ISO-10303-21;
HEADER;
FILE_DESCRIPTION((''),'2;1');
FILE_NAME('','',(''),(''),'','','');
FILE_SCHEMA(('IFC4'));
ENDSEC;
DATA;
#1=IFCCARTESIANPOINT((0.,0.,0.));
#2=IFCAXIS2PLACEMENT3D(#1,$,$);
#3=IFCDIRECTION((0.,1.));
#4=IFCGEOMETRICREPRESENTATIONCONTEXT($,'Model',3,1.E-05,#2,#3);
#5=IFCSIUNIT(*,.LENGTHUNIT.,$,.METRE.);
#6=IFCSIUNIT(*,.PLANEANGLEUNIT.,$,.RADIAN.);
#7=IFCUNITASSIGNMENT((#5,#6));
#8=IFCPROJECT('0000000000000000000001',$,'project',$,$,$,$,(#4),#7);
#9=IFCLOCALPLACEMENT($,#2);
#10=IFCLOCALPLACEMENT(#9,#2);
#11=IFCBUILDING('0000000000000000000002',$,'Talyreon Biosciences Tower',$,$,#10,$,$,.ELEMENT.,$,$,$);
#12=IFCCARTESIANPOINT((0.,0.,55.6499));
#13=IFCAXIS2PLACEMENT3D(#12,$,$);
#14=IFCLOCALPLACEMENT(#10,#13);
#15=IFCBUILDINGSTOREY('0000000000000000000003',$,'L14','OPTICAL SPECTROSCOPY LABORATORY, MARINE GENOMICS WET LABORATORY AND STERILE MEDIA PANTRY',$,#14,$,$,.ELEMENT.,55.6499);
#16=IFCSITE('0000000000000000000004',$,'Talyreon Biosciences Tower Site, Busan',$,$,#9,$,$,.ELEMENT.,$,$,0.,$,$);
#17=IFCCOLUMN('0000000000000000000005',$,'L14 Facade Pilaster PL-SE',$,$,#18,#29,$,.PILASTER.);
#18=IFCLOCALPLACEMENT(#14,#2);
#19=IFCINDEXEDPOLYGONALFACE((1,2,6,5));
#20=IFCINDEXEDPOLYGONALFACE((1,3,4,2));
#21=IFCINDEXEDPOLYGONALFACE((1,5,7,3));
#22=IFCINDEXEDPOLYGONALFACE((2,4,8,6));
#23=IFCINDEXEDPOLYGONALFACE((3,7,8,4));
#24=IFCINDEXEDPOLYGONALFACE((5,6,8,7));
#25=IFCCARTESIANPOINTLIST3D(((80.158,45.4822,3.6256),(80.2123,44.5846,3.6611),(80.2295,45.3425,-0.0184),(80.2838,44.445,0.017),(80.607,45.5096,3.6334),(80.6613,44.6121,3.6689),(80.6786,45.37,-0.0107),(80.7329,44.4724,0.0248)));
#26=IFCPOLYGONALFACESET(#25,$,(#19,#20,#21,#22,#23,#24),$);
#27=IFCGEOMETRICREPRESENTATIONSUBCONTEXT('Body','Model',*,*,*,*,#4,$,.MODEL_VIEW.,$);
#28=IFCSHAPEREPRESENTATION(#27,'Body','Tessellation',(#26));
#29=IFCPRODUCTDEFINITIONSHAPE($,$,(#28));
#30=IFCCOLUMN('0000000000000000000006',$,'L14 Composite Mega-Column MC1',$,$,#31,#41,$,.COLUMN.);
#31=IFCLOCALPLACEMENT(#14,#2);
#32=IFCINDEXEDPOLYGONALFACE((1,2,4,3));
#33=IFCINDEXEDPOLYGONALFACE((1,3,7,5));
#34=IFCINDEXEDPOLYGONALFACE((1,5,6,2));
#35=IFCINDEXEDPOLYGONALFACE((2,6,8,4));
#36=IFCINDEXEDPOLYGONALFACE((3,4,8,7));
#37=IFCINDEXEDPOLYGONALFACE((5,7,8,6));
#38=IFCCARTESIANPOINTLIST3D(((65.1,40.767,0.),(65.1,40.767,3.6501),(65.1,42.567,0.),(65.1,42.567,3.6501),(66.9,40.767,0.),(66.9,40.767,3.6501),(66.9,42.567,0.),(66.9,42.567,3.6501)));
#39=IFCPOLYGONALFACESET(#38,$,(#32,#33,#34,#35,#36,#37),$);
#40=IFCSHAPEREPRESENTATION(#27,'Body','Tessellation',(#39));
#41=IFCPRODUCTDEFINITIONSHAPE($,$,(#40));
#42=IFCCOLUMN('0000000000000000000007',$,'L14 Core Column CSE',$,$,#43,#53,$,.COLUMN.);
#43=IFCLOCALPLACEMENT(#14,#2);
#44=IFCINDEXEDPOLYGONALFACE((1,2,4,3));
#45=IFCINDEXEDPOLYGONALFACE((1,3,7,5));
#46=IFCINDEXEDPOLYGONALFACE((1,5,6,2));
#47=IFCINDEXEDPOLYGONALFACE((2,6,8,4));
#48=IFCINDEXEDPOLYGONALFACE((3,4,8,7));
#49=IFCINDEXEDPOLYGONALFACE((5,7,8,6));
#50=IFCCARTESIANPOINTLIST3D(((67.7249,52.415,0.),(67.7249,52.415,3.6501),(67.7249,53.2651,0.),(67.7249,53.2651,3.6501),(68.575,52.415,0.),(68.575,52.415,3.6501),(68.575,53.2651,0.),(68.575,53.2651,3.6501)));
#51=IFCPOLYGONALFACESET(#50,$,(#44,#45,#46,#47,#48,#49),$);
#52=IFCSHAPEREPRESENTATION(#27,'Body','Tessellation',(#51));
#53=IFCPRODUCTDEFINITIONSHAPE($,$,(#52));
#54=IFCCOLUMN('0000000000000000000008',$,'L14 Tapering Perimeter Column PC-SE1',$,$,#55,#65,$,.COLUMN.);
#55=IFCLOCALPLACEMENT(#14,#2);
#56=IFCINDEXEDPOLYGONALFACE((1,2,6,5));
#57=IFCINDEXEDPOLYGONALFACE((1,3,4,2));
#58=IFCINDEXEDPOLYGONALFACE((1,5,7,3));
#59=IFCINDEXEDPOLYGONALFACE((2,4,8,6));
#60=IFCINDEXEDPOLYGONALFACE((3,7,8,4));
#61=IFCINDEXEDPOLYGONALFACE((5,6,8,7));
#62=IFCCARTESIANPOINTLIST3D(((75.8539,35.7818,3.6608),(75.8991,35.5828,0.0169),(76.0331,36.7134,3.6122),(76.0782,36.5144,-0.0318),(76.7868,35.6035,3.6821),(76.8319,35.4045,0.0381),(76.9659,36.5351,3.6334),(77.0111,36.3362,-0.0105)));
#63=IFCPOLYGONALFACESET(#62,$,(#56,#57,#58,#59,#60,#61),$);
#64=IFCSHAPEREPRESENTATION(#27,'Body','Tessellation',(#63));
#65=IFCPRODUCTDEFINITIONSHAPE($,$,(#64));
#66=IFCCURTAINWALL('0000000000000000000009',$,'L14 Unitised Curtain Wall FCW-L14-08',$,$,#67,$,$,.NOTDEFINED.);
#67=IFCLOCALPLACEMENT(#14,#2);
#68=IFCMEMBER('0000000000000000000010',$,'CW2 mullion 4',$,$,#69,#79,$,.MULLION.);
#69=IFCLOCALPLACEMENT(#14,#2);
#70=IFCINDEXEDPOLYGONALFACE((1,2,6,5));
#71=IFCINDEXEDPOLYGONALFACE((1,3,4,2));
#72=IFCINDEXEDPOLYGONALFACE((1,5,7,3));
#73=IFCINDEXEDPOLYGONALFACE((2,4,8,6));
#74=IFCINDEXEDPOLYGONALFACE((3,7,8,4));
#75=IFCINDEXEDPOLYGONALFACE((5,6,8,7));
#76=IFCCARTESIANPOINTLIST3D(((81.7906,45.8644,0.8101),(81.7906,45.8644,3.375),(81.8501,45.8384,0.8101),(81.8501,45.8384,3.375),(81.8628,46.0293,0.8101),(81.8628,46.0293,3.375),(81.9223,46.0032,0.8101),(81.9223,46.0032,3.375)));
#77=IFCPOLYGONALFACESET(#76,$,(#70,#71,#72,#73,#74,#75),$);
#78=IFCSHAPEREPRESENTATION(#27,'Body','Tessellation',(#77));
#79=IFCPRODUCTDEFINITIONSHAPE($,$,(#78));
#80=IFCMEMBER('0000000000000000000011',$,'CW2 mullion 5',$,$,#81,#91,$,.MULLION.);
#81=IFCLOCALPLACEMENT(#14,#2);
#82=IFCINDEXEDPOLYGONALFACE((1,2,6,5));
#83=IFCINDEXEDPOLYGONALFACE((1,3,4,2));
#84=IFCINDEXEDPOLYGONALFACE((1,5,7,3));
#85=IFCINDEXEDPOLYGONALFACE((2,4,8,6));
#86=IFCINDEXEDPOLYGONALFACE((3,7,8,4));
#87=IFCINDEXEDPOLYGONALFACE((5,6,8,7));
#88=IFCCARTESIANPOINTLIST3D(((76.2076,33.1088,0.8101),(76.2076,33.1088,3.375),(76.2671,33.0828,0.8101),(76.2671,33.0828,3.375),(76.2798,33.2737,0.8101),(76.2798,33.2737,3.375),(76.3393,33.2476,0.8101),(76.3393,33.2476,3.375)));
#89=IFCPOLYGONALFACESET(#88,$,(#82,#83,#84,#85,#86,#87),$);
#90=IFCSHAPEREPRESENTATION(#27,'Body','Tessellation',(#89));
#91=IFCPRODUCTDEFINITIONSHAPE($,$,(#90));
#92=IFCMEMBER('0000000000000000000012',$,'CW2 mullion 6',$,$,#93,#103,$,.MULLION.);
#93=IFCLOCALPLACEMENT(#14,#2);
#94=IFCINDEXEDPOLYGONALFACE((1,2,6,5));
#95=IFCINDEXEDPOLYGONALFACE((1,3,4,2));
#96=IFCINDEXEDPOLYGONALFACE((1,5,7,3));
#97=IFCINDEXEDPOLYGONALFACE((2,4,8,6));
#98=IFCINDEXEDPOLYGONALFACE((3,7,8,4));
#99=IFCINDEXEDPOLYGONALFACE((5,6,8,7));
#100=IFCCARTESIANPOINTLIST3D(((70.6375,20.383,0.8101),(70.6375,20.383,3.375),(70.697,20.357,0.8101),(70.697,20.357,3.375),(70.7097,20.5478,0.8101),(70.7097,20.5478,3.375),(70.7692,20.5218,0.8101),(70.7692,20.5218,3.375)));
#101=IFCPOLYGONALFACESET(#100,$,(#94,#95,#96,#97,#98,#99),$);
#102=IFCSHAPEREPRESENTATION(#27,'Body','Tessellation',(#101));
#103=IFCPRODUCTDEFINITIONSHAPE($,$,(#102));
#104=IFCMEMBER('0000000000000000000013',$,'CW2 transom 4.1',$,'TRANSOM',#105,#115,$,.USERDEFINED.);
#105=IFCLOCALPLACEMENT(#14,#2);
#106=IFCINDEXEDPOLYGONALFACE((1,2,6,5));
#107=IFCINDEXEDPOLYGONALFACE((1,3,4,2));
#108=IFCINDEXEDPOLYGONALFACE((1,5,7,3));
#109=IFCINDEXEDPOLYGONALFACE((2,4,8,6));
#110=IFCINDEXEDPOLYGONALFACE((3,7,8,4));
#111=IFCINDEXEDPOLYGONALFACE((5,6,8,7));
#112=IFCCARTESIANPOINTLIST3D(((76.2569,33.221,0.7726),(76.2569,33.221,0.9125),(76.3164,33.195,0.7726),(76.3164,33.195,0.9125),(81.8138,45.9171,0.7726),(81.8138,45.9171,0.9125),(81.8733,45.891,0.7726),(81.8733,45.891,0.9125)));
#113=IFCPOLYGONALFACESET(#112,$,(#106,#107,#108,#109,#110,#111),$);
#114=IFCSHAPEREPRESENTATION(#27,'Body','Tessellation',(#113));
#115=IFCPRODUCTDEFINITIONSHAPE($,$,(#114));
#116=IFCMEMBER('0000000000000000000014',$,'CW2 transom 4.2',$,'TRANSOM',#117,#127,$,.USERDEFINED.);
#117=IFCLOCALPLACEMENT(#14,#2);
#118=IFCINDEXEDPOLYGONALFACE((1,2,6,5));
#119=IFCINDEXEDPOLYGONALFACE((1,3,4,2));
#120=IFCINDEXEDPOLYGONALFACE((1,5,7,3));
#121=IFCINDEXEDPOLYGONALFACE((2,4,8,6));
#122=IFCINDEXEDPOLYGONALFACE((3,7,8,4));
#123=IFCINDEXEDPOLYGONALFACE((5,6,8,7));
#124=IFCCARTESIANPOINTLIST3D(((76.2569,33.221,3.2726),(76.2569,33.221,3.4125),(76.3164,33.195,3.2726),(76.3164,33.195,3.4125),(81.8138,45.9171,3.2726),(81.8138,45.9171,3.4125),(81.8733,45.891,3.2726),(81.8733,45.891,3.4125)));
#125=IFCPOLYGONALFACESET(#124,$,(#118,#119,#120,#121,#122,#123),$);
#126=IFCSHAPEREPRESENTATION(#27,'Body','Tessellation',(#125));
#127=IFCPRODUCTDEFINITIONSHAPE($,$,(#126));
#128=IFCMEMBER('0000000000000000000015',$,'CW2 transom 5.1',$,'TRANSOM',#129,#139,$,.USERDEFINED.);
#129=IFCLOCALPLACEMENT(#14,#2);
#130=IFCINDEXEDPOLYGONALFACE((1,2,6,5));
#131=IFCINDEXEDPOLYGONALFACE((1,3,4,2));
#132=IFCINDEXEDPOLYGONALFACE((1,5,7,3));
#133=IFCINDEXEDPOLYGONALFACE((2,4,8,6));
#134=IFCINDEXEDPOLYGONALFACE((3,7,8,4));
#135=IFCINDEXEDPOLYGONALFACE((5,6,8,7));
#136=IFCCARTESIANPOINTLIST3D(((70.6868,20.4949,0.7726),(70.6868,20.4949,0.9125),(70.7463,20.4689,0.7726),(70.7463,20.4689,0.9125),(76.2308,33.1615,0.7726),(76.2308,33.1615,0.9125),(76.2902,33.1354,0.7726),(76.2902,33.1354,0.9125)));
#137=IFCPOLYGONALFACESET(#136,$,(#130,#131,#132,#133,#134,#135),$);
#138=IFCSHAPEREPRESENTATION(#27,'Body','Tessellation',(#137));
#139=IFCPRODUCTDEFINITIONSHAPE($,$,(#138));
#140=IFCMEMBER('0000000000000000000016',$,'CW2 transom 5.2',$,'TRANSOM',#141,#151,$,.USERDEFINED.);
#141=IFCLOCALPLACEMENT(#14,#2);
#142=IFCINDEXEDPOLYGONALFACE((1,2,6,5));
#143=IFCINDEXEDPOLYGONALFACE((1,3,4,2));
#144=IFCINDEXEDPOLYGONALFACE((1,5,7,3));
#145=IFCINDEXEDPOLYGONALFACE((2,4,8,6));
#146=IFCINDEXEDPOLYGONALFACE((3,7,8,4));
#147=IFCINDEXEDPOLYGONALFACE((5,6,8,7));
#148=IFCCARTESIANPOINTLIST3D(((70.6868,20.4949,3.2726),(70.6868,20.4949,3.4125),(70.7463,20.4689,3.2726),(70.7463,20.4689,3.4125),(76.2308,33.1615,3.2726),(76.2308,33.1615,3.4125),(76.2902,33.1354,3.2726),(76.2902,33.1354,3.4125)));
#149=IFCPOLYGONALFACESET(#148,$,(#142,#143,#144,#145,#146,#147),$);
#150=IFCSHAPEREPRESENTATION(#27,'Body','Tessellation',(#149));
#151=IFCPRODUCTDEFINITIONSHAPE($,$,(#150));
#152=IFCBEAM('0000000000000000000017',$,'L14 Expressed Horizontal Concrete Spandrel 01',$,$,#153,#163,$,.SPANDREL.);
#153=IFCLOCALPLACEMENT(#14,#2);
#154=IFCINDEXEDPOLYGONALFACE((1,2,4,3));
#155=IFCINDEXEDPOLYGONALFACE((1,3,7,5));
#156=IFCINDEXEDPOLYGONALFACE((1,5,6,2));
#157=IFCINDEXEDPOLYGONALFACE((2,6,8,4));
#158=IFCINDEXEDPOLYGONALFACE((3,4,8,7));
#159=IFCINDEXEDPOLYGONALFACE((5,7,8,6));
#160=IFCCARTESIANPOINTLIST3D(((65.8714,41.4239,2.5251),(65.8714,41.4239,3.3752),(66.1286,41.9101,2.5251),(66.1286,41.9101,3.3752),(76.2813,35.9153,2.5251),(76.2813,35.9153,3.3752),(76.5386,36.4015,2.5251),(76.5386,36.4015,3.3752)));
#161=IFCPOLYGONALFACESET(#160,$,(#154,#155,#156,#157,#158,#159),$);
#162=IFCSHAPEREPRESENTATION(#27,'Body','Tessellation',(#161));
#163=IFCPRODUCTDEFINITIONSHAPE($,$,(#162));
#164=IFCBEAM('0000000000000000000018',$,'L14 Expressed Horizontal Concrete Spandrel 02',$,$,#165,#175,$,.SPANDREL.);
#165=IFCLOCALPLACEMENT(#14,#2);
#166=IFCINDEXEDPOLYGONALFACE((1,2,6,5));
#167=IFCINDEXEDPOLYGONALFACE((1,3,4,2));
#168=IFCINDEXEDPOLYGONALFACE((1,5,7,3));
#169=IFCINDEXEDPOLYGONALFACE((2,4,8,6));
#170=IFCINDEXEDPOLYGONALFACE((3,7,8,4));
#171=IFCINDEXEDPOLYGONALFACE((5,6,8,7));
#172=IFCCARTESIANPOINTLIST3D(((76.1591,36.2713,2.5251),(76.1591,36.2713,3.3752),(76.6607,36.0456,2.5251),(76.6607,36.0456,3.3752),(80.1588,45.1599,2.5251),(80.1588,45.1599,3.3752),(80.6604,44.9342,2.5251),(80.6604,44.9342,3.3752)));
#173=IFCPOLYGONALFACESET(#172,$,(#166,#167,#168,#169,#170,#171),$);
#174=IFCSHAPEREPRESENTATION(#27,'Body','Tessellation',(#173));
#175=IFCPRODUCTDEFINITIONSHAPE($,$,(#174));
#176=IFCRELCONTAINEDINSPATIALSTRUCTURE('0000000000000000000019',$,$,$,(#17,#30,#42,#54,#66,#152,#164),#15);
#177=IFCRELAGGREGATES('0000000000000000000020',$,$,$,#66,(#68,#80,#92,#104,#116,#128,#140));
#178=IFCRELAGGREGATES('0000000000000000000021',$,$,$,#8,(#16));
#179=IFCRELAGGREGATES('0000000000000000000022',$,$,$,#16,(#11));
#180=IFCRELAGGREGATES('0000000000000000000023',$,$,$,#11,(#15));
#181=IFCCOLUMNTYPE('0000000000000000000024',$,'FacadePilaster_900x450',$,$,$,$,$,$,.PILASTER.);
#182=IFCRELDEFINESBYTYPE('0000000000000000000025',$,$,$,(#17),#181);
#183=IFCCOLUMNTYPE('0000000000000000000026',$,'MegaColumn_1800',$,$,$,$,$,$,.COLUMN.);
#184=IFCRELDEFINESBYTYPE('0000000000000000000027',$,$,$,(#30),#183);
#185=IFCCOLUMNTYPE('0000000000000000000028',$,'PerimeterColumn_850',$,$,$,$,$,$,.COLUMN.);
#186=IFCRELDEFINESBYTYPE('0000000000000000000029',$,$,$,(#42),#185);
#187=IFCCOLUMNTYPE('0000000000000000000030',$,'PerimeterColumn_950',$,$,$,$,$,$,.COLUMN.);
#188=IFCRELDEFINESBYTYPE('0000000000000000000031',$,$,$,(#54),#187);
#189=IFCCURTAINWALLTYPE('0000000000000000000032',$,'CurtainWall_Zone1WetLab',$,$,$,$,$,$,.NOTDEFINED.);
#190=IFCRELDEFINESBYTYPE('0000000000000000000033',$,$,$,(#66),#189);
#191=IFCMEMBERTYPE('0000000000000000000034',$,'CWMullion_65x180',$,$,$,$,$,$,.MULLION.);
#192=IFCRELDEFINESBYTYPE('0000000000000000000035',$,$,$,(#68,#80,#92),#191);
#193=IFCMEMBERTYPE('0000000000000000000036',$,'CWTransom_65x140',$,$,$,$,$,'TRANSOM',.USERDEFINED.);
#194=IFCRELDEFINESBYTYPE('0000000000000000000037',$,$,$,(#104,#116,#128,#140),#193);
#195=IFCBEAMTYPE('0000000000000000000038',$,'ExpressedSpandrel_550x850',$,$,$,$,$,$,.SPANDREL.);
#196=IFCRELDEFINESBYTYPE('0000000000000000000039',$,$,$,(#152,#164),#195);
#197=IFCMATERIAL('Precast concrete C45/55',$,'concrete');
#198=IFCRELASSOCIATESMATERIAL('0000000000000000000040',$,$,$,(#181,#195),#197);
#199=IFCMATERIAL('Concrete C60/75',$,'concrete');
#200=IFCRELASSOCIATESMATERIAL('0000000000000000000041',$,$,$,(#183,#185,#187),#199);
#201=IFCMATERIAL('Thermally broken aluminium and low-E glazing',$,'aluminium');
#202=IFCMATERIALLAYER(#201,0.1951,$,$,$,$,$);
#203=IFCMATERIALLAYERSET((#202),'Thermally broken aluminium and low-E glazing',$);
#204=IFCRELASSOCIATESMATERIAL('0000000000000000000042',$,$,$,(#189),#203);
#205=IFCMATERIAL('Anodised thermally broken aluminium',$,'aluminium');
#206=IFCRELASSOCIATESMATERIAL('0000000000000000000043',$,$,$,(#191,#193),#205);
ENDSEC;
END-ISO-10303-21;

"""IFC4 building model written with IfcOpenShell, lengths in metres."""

from ifc_helpers import new_model, si_unit, direction, frame, origin, origin_2d, place, context, subcontext, project, spatial, rectangle, extrude, material, layer, layer_set, material_profile, profile_set, type_object, element, aggregate, save


model = new_model("IFC4")

# Units and contexts
model_context = context("Model", 3, precision=1e-05, world=origin(), true_north=direction((0.0, 1.0)))
body_context = subcontext(model_context, "Body", "Model", "MODEL_VIEW")
ifc_project = project(units=[si_unit("LENGTHUNIT", "METRE"), si_unit("PLANEANGLEUNIT", "RADIAN")], contexts=[model_context])

# Site, building, storey
site_placement = place(None, origin())
site = spatial("IfcSite", under=ifc_project, at=site_placement, Name="Talyreon Biosciences Tower Site, Busan", CompositionType="ELEMENT", RefElevation=0.0)
building_placement = place(site_placement, origin())
building = spatial("IfcBuilding", under=site, at=building_placement, Name="Talyreon Biosciences Tower", CompositionType="ELEMENT")
storey_placement = place(building_placement, frame((0.0, 0.0, 55.6499)))
storey = spatial("IfcBuildingStorey", under=building, at=storey_placement, Name="L14", Description="OPTICAL SPECTROSCOPY LABORATORY, MARINE GENOMICS WET LABORATORY AND STERILE MEDIA PANTRY", CompositionType="ELEMENT", Elevation=55.6499)

# Columns
ifc_material_1 = material(Name="Precast concrete C45/55", Category="concrete")
ifc_material_profile_1 = material_profile(ifc_material_1, rectangle(XDim=0.8999, YDim=0.45, at=origin_2d()), Name="RC 900x450")
ifc_profile_set_1 = profile_set([ifc_material_profile_1], Name="Precast concrete C45/55")
column_type_1 = type_object("IfcColumnType", Name="FacadePilaster_900x450", PredefinedType="PILASTER", material=ifc_profile_set_1)
column_1_placement = place(storey_placement, frame((80.4812, 44.9075, 0.0032), z_axis=(-0.019612, 0.038287, 0.999074), x_axis=(0.060353, -0.997399, 0.039407)))
element("IfcColumn", 1, at=column_1_placement, inside=storey, type_object=column_type_1, Name="L14 Facade Pilaster PL-SE", PredefinedType="PILASTER", context=body_context, shape_type="SweptSolid", body=[
    extrude(rectangle(XDim=0.8999, YDim=0.45, at=origin_2d()), origin(), (0.0, 0.0, 1.0), 3.6475),
])
ifc_material_2 = material(Name="Concrete C60/75", Category="concrete")
ifc_material_profile_2 = material_profile(ifc_material_2, rectangle(XDim=1.8, YDim=1.8, at=origin_2d()), Name="RC 1800x1800")
ifc_profile_set_2 = profile_set([ifc_material_profile_2], Name="Concrete C60/75")
column_type_2 = type_object("IfcColumnType", Name="MegaColumn_1800", PredefinedType="COLUMN", material=ifc_profile_set_2)
column_2_placement = place(storey_placement, frame((66.0, 41.667, 0.0), z_axis=(0.0, 0.0, 1.0), x_axis=(1.0, 0.0, 0.0)))
element("IfcColumn", 2, at=column_2_placement, inside=storey, type_object=column_type_2, Name="L14 Composite Mega-Column MC1", PredefinedType="COLUMN", context=body_context, shape_type="SweptSolid", body=[
    extrude(rectangle(XDim=1.8, YDim=1.8, at=origin_2d()), origin(), (0.0, 0.0, 1.0), 3.6501),
])
ifc_material_profile_3 = material_profile(ifc_material_2, rectangle(XDim=0.8501, YDim=0.8501, at=origin_2d()), Name="RC 850x850")
ifc_profile_set_3 = profile_set([ifc_material_profile_3], Name="Concrete C60/75")
column_type_3 = type_object("IfcColumnType", Name="PerimeterColumn_850", PredefinedType="COLUMN", material=ifc_profile_set_3)
column_3_placement = place(storey_placement, frame((68.1499, 52.8401, 0.0), z_axis=(0.0, 0.0, 1.0), x_axis=(1.0, 0.0, 0.0)))
element("IfcColumn", 3, at=column_3_placement, inside=storey, type_object=column_type_3, Name="L14 Core Column CSE", PredefinedType="COLUMN", context=body_context, shape_type="SweptSolid", body=[
    extrude(rectangle(XDim=0.8501, YDim=0.8501, at=origin_2d()), origin(), (0.0, 0.0, 1.0), 3.6501),
])
ifc_material_profile_4 = material_profile(ifc_material_2, rectangle(XDim=0.95, YDim=0.95, at=origin_2d()), Name="RC 950x950")
ifc_profile_set_4 = profile_set([ifc_material_profile_4], Name="Concrete C60/75")
column_type_4 = type_object("IfcColumnType", Name="PerimeterColumn_950", PredefinedType="COLUMN", material=ifc_profile_set_4)
column_4_placement = place(storey_placement, frame((76.4551, 35.9595, 0.0032), z_axis=(-0.012375, 0.054517, 0.998436), x_axis=(-0.188589, -0.98072, 0.051213)))
element("IfcColumn", 4, at=column_4_placement, inside=storey, type_object=column_type_4, Name="L14 Tapering Perimeter Column PC-SE1", PredefinedType="COLUMN", context=body_context, shape_type="SweptSolid", body=[
    extrude(rectangle(XDim=0.95, YDim=0.95, at=origin_2d()), origin(), (0.0, 0.0, 1.0), 3.6497),
])

# Curtain wall, members
ifc_material_3 = material(Name="Thermally broken aluminium and low-E glazing", Category="aluminium")
ifc_layer_1 = layer(ifc_material_3, 0.1951)
ifc_layer_set_1 = layer_set([ifc_layer_1], Name="Thermally broken aluminium and low-E glazing")
curtain_wall_type = type_object("IfcCurtainWallType", Name="CurtainWall_Zone1WetLab", PredefinedType="NOTDEFINED", material=ifc_layer_set_1)
curtain_wall_placement = place(storey_placement, origin())
curtain_wall = element("IfcCurtainWall", 5, at=curtain_wall_placement, inside=storey, type_object=curtain_wall_type, Name="L14 Unitised Curtain Wall FCW-L14-08", PredefinedType="NOTDEFINED")
ifc_material_4 = material(Name="Anodised thermally broken aluminium", Category="aluminium")
ifc_material_profile_5 = material_profile(ifc_material_4, rectangle(XDim=0.0649, YDim=0.1799, at=origin_2d()), Name="ALUM MULLION 65x180")
ifc_profile_set_5 = profile_set([ifc_material_profile_5], Name="Anodised thermally broken aluminium")
member_type_1 = type_object("IfcMemberType", Name="CWMullion_65x180", PredefinedType="MULLION", material=ifc_profile_set_5)
member_1_placement = place(storey_placement, frame((81.8564, 45.9338, 0.8101), z_axis=(0.0, 0.0, 1.0), x_axis=(0.916092, -0.400968, 0.0)))
member_1 = element("IfcMember", 6, at=member_1_placement, type_object=member_type_1, Name="CW2 mullion 4", PredefinedType="MULLION", context=body_context, shape_type="SweptSolid", body=[
    extrude(rectangle(XDim=0.0649, YDim=0.1799, at=origin_2d()), origin(), (0.0, 0.0, 1.0), 2.5649),
])
member_2_placement = place(storey_placement, frame((76.2734, 33.1782, 0.8101), z_axis=(0.0, 0.0, 1.0), x_axis=(0.916092, -0.400968, 0.0)))
member_2 = element("IfcMember", 7, at=member_2_placement, type_object=member_type_1, Name="CW2 mullion 5", PredefinedType="MULLION", context=body_context, shape_type="SweptSolid", body=[
    extrude(rectangle(XDim=0.0649, YDim=0.1799, at=origin_2d()), origin(), (0.0, 0.0, 1.0), 2.5649),
])
member_3_placement = place(storey_placement, frame((70.7034, 20.4524, 0.8101), z_axis=(0.0, 0.0, 1.0), x_axis=(0.916092, -0.400968, 0.0)))
member_3 = element("IfcMember", 8, at=member_3_placement, type_object=member_type_1, Name="CW2 mullion 6", PredefinedType="MULLION", context=body_context, shape_type="SweptSolid", body=[
    extrude(rectangle(XDim=0.0649, YDim=0.1799, at=origin_2d()), origin(), (0.0, 0.0, 1.0), 2.5649),
])
ifc_material_profile_6 = material_profile(ifc_material_4, rectangle(XDim=0.0649, YDim=0.1399, at=origin_2d()), Name="ALUM TRANSOM 65x140")
ifc_profile_set_6 = profile_set([ifc_material_profile_6], Name="Anodised thermally broken aluminium")
member_type_2 = type_object("IfcMemberType", Name="CWTransom_65x140", ElementType="TRANSOM", PredefinedType="USERDEFINED", material=ifc_profile_set_6)
member_4_placement = place(storey_placement, frame((81.8435, 45.9041, 0.8425), z_axis=(-0.400962, -0.916095, 0.0), x_axis=(0.916095, -0.400962, 0.0)))
member_4 = element("IfcMember", 9, at=member_4_placement, type_object=member_type_2, Name="CW2 transom 4.1", ObjectType="TRANSOM", PredefinedType="USERDEFINED", context=body_context, shape_type="SweptSolid", body=[
    extrude(rectangle(XDim=0.0649, YDim=0.1399, at=origin_2d()), origin(), (0.0, 0.0, 1.0), 13.8589),
])
member_5_placement = place(storey_placement, frame((81.8435, 45.9041, 3.3425), z_axis=(-0.400962, -0.916095, 0.0), x_axis=(0.916095, -0.400962, 0.0)))
member_5 = element("IfcMember", 10, at=member_5_placement, type_object=member_type_2, Name="CW2 transom 4.2", ObjectType="TRANSOM", PredefinedType="USERDEFINED", context=body_context, shape_type="SweptSolid", body=[
    extrude(rectangle(XDim=0.0649, YDim=0.1399, at=origin_2d()), origin(), (0.0, 0.0, 1.0), 13.8589),
])
member_6_placement = place(storey_placement, frame((76.2605, 33.1484, 0.8425), z_axis=(-0.400961, -0.916095, 0.0), x_axis=(0.916095, -0.400961, 0.0)))
member_6 = element("IfcMember", 11, at=member_6_placement, type_object=member_type_2, Name="CW2 transom 5.1", ObjectType="TRANSOM", PredefinedType="USERDEFINED", context=body_context, shape_type="SweptSolid", body=[
    extrude(rectangle(XDim=0.0649, YDim=0.1399, at=origin_2d()), origin(), (0.0, 0.0, 1.0), 13.8267),
])
member_7_placement = place(storey_placement, frame((76.2605, 33.1484, 3.3425), z_axis=(-0.400961, -0.916095, 0.0), x_axis=(0.916095, -0.400961, 0.0)))
member_7 = element("IfcMember", 12, at=member_7_placement, type_object=member_type_2, Name="CW2 transom 5.2", ObjectType="TRANSOM", PredefinedType="USERDEFINED", context=body_context, shape_type="SweptSolid", body=[
    extrude(rectangle(XDim=0.0649, YDim=0.1399, at=origin_2d()), origin(), (0.0, 0.0, 1.0), 13.8267),
])

# Beams
ifc_material_profile_7 = material_profile(ifc_material_1, rectangle(XDim=0.55, YDim=0.8501, at=origin_2d()), Name="RCB 550x850")
ifc_profile_set_7 = profile_set([ifc_material_profile_7], Name="Precast concrete C45/55")
beam_type_1 = type_object("IfcBeamType", Name="ExpressedSpandrel_550x850", PredefinedType="SPANDREL", material=ifc_profile_set_7)
beam_1_placement = place(storey_placement, frame((66.0, 41.667, 2.9502), z_axis=(0.883879, -0.467716, 0.0), x_axis=(0.467716, 0.883879, 0.0)))
element("IfcBeam", 13, at=beam_1_placement, inside=storey, type_object=beam_type_1, Name="L14 Expressed Horizontal Concrete Spandrel 01", PredefinedType="SPANDREL", context=body_context, shape_type="SweptSolid", body=[
    extrude(rectangle(XDim=0.55, YDim=0.8501, at=origin_2d()), origin(), (0.0, 0.0, 1.0), 11.7776),
])
beam_2_placement = place(storey_placement, frame((76.4099, 36.1584, 2.9502), z_axis=(0.410352, 0.911927, 0.0), x_axis=(-0.911927, 0.410352, 0.0)))
element("IfcBeam", 14, at=beam_2_placement, inside=storey, type_object=beam_type_1, Name="L14 Expressed Horizontal Concrete Spandrel 02", PredefinedType="SPANDREL", context=body_context, shape_type="SweptSolid", body=[
    extrude(rectangle(XDim=0.55, YDim=0.8501, at=origin_2d()), origin(), (0.0, 0.0, 1.0), 9.7471),
])

aggregate(curtain_wall, [member_1, member_2, member_3, member_4, member_5, member_6, member_7])

save(model, "model.ifc")
